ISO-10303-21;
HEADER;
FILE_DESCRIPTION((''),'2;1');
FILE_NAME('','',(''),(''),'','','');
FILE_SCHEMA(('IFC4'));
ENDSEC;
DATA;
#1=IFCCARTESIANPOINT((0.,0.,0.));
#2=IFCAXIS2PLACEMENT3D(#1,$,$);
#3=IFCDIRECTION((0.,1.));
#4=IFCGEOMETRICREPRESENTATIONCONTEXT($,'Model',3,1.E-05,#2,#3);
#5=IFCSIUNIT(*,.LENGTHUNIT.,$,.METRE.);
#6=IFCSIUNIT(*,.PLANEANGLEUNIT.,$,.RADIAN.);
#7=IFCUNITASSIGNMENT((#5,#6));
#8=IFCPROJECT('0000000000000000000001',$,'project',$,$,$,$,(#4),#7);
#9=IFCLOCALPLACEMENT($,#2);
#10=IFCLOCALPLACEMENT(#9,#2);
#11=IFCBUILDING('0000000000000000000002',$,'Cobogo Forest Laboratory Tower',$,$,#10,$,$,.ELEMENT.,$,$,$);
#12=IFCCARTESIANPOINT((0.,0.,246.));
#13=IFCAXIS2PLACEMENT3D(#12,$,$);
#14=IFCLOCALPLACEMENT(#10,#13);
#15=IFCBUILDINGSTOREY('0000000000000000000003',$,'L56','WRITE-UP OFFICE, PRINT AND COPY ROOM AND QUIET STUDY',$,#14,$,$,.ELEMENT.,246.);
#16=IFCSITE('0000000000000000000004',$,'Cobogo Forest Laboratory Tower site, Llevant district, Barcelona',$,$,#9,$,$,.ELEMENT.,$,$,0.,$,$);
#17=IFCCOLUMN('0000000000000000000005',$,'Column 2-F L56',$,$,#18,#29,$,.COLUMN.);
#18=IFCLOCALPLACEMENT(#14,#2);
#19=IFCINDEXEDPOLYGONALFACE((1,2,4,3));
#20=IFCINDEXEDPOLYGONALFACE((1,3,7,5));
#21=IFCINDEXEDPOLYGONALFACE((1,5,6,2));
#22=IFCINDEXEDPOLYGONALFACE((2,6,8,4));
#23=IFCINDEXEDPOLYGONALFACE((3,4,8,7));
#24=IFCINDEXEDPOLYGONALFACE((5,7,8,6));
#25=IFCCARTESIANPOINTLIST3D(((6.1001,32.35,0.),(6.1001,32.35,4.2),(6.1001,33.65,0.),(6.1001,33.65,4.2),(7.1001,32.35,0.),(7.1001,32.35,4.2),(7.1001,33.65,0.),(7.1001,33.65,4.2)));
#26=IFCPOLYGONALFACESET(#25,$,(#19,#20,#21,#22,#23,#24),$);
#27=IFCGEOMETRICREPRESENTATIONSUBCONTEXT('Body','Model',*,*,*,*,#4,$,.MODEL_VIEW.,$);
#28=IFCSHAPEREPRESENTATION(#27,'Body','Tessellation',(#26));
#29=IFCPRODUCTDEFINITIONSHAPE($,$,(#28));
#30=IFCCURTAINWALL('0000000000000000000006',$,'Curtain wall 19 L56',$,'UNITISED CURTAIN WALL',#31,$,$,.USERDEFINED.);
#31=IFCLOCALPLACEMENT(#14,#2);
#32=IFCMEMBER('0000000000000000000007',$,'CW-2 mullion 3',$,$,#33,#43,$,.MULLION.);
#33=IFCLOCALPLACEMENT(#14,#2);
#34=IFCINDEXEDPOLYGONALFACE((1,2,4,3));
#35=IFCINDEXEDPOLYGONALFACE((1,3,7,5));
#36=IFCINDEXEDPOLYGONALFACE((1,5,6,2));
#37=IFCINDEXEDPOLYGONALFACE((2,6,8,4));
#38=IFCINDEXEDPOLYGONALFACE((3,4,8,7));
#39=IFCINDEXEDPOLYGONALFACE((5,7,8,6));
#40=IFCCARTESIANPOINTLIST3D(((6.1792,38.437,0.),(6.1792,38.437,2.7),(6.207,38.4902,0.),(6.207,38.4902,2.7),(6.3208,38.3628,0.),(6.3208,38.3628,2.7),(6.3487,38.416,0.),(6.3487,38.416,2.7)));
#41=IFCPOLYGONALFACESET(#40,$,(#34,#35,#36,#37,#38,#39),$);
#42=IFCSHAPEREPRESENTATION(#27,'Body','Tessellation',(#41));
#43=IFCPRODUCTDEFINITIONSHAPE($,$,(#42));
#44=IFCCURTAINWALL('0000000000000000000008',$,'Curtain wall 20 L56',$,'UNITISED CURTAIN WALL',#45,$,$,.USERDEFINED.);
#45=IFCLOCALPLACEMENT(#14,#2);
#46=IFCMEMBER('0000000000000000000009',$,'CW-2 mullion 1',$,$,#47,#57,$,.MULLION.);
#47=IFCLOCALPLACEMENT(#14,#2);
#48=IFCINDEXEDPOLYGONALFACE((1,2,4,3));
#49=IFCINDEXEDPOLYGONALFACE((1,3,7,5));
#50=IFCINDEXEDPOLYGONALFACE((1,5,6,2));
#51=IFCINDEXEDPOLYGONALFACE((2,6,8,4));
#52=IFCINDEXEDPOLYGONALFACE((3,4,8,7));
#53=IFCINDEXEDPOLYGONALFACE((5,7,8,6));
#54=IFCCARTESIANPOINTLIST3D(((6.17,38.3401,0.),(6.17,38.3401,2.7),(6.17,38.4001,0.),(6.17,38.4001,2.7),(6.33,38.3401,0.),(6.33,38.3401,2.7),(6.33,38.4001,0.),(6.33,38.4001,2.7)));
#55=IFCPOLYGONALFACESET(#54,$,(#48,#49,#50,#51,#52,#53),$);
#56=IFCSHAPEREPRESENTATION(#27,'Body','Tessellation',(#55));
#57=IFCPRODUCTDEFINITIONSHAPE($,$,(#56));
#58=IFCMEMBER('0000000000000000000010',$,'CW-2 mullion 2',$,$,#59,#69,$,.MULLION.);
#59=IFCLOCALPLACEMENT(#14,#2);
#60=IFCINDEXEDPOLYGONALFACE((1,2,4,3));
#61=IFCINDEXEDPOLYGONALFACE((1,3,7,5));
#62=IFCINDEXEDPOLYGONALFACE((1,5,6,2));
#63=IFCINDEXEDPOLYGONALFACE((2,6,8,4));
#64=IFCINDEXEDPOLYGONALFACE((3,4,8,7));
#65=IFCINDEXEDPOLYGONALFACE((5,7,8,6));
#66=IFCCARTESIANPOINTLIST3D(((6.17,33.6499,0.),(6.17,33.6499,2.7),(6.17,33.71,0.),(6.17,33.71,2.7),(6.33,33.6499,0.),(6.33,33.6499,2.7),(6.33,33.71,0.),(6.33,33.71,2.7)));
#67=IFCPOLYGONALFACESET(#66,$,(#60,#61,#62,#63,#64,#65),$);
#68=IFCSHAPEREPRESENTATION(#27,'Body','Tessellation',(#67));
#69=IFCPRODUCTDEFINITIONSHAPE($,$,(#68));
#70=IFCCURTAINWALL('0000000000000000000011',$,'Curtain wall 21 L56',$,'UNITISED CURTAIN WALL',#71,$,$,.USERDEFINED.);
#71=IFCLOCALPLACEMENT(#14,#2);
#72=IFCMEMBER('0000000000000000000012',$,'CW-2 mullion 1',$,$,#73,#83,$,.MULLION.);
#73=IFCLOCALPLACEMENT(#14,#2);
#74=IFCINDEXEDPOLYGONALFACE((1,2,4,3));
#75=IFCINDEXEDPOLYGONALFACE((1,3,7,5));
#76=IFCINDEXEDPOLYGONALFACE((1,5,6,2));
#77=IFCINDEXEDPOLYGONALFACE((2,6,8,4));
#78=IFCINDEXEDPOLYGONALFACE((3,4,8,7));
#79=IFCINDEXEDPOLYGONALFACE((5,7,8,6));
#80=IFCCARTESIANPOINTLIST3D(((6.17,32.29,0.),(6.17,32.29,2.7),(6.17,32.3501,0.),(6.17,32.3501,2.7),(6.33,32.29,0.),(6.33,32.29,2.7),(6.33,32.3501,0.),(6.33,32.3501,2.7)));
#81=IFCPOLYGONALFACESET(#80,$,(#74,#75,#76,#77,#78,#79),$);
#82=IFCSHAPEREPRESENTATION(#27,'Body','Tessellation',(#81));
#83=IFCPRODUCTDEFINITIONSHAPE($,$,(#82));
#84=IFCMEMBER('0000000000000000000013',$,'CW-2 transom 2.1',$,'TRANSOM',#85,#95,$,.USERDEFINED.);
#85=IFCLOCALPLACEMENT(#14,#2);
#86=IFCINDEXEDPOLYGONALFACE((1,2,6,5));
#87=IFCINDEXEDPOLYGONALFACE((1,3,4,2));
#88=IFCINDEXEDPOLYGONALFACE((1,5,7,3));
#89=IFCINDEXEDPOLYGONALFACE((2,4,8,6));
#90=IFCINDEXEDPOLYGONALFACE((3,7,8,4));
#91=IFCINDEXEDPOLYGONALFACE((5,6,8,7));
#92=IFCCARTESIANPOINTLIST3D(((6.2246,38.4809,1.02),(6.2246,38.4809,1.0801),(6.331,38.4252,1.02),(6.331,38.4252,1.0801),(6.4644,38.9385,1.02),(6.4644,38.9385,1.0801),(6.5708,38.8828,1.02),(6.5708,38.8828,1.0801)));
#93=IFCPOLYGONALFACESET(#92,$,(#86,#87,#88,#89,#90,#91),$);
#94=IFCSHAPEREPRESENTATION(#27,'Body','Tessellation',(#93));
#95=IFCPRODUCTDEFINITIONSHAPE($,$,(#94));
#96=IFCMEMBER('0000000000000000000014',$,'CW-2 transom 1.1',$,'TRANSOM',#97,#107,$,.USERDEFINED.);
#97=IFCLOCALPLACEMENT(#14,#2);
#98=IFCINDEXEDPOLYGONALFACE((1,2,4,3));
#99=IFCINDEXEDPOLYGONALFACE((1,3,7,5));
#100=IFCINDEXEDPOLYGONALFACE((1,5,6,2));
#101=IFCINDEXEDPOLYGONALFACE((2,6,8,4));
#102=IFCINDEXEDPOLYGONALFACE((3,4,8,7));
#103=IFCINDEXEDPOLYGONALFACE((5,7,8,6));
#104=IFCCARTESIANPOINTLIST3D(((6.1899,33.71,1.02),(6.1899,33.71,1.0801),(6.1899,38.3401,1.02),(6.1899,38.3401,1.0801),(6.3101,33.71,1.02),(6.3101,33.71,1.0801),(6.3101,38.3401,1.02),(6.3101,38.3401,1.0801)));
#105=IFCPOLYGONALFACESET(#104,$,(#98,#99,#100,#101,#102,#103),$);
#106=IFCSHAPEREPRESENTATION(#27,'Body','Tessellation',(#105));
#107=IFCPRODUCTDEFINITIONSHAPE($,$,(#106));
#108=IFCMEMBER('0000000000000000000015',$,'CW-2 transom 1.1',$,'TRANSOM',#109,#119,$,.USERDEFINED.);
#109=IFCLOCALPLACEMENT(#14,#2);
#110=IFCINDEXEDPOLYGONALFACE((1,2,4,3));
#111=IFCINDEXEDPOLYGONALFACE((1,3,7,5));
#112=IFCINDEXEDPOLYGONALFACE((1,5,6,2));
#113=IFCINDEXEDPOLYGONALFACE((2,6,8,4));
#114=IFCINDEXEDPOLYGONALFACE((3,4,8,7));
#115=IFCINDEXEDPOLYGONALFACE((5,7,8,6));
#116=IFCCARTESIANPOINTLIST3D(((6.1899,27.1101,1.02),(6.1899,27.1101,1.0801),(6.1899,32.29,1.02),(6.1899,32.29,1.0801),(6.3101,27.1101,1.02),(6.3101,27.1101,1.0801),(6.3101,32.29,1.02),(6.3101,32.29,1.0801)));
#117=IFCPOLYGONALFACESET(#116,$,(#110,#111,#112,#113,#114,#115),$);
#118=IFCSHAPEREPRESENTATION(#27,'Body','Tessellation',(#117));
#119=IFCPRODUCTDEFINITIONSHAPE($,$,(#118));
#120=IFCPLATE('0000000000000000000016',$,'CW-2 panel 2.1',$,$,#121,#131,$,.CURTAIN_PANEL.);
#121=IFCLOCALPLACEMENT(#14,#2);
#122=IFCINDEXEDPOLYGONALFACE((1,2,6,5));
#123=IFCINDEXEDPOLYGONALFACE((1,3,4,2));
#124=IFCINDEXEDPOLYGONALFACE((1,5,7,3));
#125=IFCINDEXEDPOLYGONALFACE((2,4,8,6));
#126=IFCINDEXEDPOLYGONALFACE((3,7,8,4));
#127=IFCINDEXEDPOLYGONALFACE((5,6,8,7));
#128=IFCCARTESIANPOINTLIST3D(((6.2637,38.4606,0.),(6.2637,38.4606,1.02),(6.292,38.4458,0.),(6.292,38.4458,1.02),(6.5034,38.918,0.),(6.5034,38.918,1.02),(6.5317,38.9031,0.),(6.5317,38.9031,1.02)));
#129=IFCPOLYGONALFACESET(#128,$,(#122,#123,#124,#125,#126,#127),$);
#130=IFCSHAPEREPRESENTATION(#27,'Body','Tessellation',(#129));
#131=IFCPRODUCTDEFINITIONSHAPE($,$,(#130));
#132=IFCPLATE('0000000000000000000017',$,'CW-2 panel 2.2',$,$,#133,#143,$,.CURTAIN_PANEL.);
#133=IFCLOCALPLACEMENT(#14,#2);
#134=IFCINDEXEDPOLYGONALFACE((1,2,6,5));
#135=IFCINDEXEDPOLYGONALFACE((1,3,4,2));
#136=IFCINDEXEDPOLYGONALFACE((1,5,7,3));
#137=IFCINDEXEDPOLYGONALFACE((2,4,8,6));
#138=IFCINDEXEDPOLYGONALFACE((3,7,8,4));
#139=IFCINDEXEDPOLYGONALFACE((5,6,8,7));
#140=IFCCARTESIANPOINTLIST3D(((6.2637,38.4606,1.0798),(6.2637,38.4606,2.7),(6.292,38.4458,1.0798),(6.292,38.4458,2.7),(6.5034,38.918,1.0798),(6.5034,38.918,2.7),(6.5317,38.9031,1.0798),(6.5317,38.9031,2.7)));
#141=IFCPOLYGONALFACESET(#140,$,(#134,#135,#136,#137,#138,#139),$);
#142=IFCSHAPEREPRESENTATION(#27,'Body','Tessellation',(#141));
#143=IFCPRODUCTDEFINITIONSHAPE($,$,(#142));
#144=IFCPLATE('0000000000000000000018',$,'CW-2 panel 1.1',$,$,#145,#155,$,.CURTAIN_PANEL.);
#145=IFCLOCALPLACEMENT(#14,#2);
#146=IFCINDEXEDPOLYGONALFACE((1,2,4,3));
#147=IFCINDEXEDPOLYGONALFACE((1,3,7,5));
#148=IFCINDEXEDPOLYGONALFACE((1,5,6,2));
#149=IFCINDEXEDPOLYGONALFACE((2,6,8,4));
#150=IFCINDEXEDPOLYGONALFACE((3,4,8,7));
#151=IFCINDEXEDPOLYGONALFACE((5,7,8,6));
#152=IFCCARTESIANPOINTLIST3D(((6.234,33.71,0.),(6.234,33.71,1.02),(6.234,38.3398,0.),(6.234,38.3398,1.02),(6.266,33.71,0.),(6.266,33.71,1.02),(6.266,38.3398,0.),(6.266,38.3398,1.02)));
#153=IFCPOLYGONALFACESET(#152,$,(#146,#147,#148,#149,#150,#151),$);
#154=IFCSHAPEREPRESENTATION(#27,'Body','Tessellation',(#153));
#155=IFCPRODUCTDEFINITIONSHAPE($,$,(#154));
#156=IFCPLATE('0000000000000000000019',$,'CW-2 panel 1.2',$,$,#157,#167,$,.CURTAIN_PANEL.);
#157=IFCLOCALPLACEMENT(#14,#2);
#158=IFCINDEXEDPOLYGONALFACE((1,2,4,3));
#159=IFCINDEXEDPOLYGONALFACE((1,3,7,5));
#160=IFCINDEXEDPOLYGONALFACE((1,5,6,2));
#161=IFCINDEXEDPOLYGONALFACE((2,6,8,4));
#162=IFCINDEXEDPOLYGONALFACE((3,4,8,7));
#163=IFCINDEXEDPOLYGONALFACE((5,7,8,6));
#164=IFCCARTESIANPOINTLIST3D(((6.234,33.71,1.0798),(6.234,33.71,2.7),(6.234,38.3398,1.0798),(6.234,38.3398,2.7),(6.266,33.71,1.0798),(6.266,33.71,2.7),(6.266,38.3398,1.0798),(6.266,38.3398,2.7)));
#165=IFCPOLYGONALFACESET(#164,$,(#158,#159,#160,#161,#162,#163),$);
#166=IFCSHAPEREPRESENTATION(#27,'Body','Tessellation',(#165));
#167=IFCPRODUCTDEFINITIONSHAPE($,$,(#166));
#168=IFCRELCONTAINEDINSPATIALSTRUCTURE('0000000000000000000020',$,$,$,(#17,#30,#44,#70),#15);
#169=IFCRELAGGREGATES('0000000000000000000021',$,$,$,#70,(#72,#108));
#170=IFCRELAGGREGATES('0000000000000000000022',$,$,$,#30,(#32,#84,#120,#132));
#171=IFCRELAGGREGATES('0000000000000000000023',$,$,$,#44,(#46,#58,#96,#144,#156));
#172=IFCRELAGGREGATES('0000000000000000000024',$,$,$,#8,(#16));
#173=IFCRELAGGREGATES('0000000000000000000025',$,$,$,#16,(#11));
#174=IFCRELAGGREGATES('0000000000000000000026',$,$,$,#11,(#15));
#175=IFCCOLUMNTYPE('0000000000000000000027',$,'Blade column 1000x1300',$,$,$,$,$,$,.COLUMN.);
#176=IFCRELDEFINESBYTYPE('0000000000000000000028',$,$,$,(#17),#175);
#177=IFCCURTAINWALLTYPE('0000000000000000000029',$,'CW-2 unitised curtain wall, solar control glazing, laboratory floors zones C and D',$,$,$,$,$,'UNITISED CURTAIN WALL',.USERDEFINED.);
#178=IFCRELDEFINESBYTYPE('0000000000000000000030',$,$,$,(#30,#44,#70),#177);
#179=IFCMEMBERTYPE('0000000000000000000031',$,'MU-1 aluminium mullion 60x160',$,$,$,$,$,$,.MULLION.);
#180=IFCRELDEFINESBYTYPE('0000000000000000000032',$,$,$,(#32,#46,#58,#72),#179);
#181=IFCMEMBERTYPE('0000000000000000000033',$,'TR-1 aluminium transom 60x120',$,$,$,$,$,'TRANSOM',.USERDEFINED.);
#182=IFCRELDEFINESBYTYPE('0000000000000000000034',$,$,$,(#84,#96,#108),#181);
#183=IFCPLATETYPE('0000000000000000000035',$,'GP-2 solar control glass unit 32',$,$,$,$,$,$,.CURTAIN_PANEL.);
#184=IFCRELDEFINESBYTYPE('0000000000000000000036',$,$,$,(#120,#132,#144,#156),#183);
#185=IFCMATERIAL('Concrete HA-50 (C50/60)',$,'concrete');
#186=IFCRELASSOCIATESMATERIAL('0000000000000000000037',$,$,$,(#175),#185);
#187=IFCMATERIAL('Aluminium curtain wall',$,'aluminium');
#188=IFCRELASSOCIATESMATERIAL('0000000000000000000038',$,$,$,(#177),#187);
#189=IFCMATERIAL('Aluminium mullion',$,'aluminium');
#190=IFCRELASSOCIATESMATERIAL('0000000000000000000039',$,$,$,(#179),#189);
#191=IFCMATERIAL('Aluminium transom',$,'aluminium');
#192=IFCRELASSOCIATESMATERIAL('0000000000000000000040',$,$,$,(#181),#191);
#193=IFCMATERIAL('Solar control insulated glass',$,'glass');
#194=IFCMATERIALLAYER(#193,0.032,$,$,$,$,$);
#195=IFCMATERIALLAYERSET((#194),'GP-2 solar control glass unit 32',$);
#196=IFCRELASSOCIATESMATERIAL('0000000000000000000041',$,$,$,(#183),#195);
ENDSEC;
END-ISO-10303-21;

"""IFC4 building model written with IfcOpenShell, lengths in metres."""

from ifc_helpers import new_model, si_unit, direction, frame, origin, origin_2d, place, context, subcontext, project, spatial, rectangle, extrude, material, layer, layer_set, material_profile, profile_set, type_object, element, aggregate, save


model = new_model("IFC4")

# Units and contexts
model_context = context("Model", 3, precision=1e-05, world=origin(), true_north=direction((0.0, 1.0)))
body_context = subcontext(model_context, "Body", "Model", "MODEL_VIEW")
ifc_project = project(units=[si_unit("LENGTHUNIT", "METRE"), si_unit("PLANEANGLEUNIT", "RADIAN")], contexts=[model_context])

# Site, building, storey
site_placement = place(None, origin())
site = spatial("IfcSite", under=ifc_project, at=site_placement, Name="Cobogo Forest Laboratory Tower site, Llevant district, Barcelona", CompositionType="ELEMENT", RefElevation=0.0)
building_placement = place(site_placement, origin())
building = spatial("IfcBuilding", under=site, at=building_placement, Name="Cobogo Forest Laboratory Tower", CompositionType="ELEMENT")
storey_placement = place(building_placement, frame((0.0, 0.0, 246.0)))
storey = spatial("IfcBuildingStorey", under=building, at=storey_placement, Name="L56", Description="WRITE-UP OFFICE, PRINT AND COPY ROOM AND QUIET STUDY", CompositionType="ELEMENT", Elevation=246.0)

# Column
ifc_material_1 = material(Name="Concrete HA-50 (C50/60)", Category="concrete")
ifc_material_profile_1 = material_profile(ifc_material_1, rectangle(XDim=1.3, YDim=1.0, at=origin_2d()), Name="RC 1000x1300")
ifc_profile_set_1 = profile_set([ifc_material_profile_1], Name="Concrete HA-50 (C50/60)")
column_type = type_object("IfcColumnType", Name="Blade column 1000x1300", PredefinedType="COLUMN", material=ifc_profile_set_1)
column_placement = place(storey_placement, frame((6.6001, 33.0, 0.0), z_axis=(0.0, 0.0, 1.0), x_axis=(0.0, 1.0, 0.0)))
element("IfcColumn", 1, at=column_placement, inside=storey, type_object=column_type, Name="Column 2-F L56", PredefinedType="COLUMN", context=body_context, shape_type="SweptSolid", body=[
    extrude(rectangle(XDim=1.3, YDim=1.0, at=origin_2d()), origin(), (0.0, 0.0, 1.0), 4.2),
])

# Curtain wall, member
ifc_material_2 = material(Name="Aluminium curtain wall", Category="aluminium")
curtain_wall_type = type_object("IfcCurtainWallType", Name="CW-2 unitised curtain wall, solar control glazing, laboratory floors zones C and D", ElementType="UNITISED CURTAIN WALL", PredefinedType="USERDEFINED", material=ifc_material_2)
curtain_wall_1_placement = place(storey_placement, origin())
curtain_wall_1 = element("IfcCurtainWall", 2, at=curtain_wall_1_placement, inside=storey, type_object=curtain_wall_type, Name="Curtain wall 19 L56", ObjectType="UNITISED CURTAIN WALL", PredefinedType="USERDEFINED")
ifc_material_3 = material(Name="Aluminium mullion", Category="aluminium")
ifc_material_profile_2 = material_profile(ifc_material_3, rectangle(XDim=0.0601, YDim=0.1599, at=origin_2d()), Name="AL 60x160")
ifc_profile_set_2 = profile_set([ifc_material_profile_2], Name="Aluminium mullion")
member_type_1 = type_object("IfcMemberType", Name="MU-1 aluminium mullion 60x160", PredefinedType="MULLION", material=ifc_profile_set_2)
member_1_placement = place(storey_placement, frame((6.2639, 38.4265, 0.0), z_axis=(0.0, 0.0, 1.0), x_axis=(-0.464284, -0.885686, 0.0)))
member_1 = element("IfcMember", 3, at=member_1_placement, type_object=member_type_1, Name="CW-2 mullion 3", PredefinedType="MULLION", context=body_context, shape_type="SweptSolid", body=[
    extrude(rectangle(XDim=0.0601, YDim=0.1599, at=origin_2d()), origin(), (0.0, 0.0, 1.0), 2.7),
])

# Curtain wall, members
curtain_wall_2_placement = place(storey_placement, origin())
curtain_wall_2 = element("IfcCurtainWall", 4, at=curtain_wall_2_placement, inside=storey, type_object=curtain_wall_type, Name="Curtain wall 20 L56", ObjectType="UNITISED CURTAIN WALL", PredefinedType="USERDEFINED")
member_2_placement = place(storey_placement, frame((6.25, 38.3701, 0.0), z_axis=(0.0, 0.0, 1.0), x_axis=(0.0, -1.0, 0.0)))
member_2 = element("IfcMember", 5, at=member_2_placement, type_object=member_type_1, Name="CW-2 mullion 1", PredefinedType="MULLION", context=body_context, shape_type="SweptSolid", body=[
    extrude(rectangle(XDim=0.0601, YDim=0.1599, at=origin_2d()), origin(), (0.0, 0.0, 1.0), 2.7),
])
member_3_placement = place(storey_placement, frame((6.25, 33.6799, 0.0), z_axis=(0.0, 0.0, 1.0), x_axis=(0.0, -1.0, 0.0)))
member_3 = element("IfcMember", 6, at=member_3_placement, type_object=member_type_1, Name="CW-2 mullion 2", PredefinedType="MULLION", context=body_context, shape_type="SweptSolid", body=[
    extrude(rectangle(XDim=0.0601, YDim=0.1599, at=origin_2d()), origin(), (0.0, 0.0, 1.0), 2.7),
])

# Curtain wall, member
curtain_wall_3_placement = place(storey_placement, origin())
curtain_wall_3 = element("IfcCurtainWall", 7, at=curtain_wall_3_placement, inside=storey, type_object=curtain_wall_type, Name="Curtain wall 21 L56", ObjectType="UNITISED CURTAIN WALL", PredefinedType="USERDEFINED")
member_4_placement = place(storey_placement, frame((6.25, 32.3201, 0.0), z_axis=(0.0, 0.0, 1.0), x_axis=(0.0, -1.0, 0.0)))
member_4 = element("IfcMember", 8, at=member_4_placement, type_object=member_type_1, Name="CW-2 mullion 1", PredefinedType="MULLION", context=body_context, shape_type="SweptSolid", body=[
    extrude(rectangle(XDim=0.0601, YDim=0.1599, at=origin_2d()), origin(), (0.0, 0.0, 1.0), 2.7),
])

# Members
ifc_material_4 = material(Name="Aluminium transom", Category="aluminium")
ifc_material_profile_3 = material_profile(ifc_material_4, rectangle(XDim=0.1201, YDim=0.0601, at=origin_2d()), Name="AL 60x120")
ifc_profile_set_3 = profile_set([ifc_material_profile_3], Name="Aluminium transom")
member_type_2 = type_object("IfcMemberType", Name="TR-1 aluminium transom 60x120", ElementType="TRANSOM", PredefinedType="USERDEFINED", material=ifc_profile_set_3)
member_5_placement = place(storey_placement, frame((6.5176, 38.9106, 1.05), z_axis=(-0.464148, -0.885758, 0.0), x_axis=(0.885758, -0.464148, 0.0)))
member_5 = element("IfcMember", 9, at=member_5_placement, type_object=member_type_2, Name="CW-2 transom 2.1", ObjectType="TRANSOM", PredefinedType="USERDEFINED", context=body_context, shape_type="SweptSolid", body=[
    extrude(rectangle(XDim=0.1201, YDim=0.0601, at=origin_2d()), origin(), (0.0, 0.0, 1.0), 0.5166),
])
member_6_placement = place(storey_placement, frame((6.25, 38.3401, 1.05), z_axis=(0.0, -1.0, 0.0), x_axis=(1.0, 0.0, 0.0)))
member_6 = element("IfcMember", 10, at=member_6_placement, type_object=member_type_2, Name="CW-2 transom 1.1", ObjectType="TRANSOM", PredefinedType="USERDEFINED", context=body_context, shape_type="SweptSolid", body=[
    extrude(rectangle(XDim=0.1201, YDim=0.0601, at=origin_2d()), origin(), (0.0, 0.0, 1.0), 4.6301),
])
member_7_placement = place(storey_placement, frame((6.25, 32.29, 1.05), z_axis=(0.0, -1.0, 0.0), x_axis=(1.0, 0.0, 0.0)))
member_7 = element("IfcMember", 11, at=member_7_placement, type_object=member_type_2, Name="CW-2 transom 1.1", ObjectType="TRANSOM", PredefinedType="USERDEFINED", context=body_context, shape_type="SweptSolid", body=[
    extrude(rectangle(XDim=0.1201, YDim=0.0601, at=origin_2d()), origin(), (0.0, 0.0, 1.0), 5.1799),
])
aggregate(curtain_wall_3, [member_4, member_7])

# Plates
ifc_material_5 = material(Name="Solar control insulated glass", Category="glass")
ifc_layer = layer(ifc_material_5, 0.032)
ifc_layer_set = layer_set([ifc_layer], Name="GP-2 solar control glass unit 32")
plate_type = type_object("IfcPlateType", Name="GP-2 solar control glass unit 32", PredefinedType="CURTAIN_PANEL", material=ifc_layer_set)
plate_1_placement = place(storey_placement, frame((6.3977, 38.6819, 0.0), z_axis=(0.0, 0.0, 1.0), x_axis=(-0.464284, -0.885686, 0.0)))
plate_1 = element("IfcPlate", 12, at=plate_1_placement, type_object=plate_type, Name="CW-2 panel 2.1", PredefinedType="CURTAIN_PANEL", context=body_context, shape_type="SweptSolid", body=[
    extrude(rectangle(XDim=0.5164, YDim=0.032, at=origin_2d()), origin(), (0.0, 0.0, 1.0), 1.02),
])
plate_2_placement = place(storey_placement, frame((6.3977, 38.6819, 1.0798), z_axis=(0.0, 0.0, 1.0), x_axis=(-0.464284, -0.885686, 0.0)))
plate_2 = element("IfcPlate", 13, at=plate_2_placement, type_object=plate_type, Name="CW-2 panel 2.2", PredefinedType="CURTAIN_PANEL", context=body_context, shape_type="SweptSolid", body=[
    extrude(rectangle(XDim=0.5164, YDim=0.032, at=origin_2d()), origin(), (0.0, 0.0, 1.0), 1.6201),
])
aggregate(curtain_wall_1, [member_1, member_5, plate_1, plate_2])
plate_3_placement = place(storey_placement, frame((6.25, 36.0249, 0.0), z_axis=(0.0, 0.0, 1.0), x_axis=(0.0, -1.0, 0.0)))
plate_3 = element("IfcPlate", 14, at=plate_3_placement, type_object=plate_type, Name="CW-2 panel 1.1", PredefinedType="CURTAIN_PANEL", context=body_context, shape_type="SweptSolid", body=[
    extrude(rectangle(XDim=4.6299, YDim=0.032, at=origin_2d()), origin(), (0.0, 0.0, 1.0), 1.02),
])
plate_4_placement = place(storey_placement, frame((6.25, 36.0249, 1.0798), z_axis=(0.0, 0.0, 1.0), x_axis=(0.0, -1.0, 0.0)))
plate_4 = element("IfcPlate", 15, at=plate_4_placement, type_object=plate_type, Name="CW-2 panel 1.2", PredefinedType="CURTAIN_PANEL", context=body_context, shape_type="SweptSolid", body=[
    extrude(rectangle(XDim=4.6299, YDim=0.032, at=origin_2d()), origin(), (0.0, 0.0, 1.0), 1.6201),
])
aggregate(curtain_wall_2, [member_2, member_3, member_6, plate_3, plate_4])

save(model, "model.ifc")
